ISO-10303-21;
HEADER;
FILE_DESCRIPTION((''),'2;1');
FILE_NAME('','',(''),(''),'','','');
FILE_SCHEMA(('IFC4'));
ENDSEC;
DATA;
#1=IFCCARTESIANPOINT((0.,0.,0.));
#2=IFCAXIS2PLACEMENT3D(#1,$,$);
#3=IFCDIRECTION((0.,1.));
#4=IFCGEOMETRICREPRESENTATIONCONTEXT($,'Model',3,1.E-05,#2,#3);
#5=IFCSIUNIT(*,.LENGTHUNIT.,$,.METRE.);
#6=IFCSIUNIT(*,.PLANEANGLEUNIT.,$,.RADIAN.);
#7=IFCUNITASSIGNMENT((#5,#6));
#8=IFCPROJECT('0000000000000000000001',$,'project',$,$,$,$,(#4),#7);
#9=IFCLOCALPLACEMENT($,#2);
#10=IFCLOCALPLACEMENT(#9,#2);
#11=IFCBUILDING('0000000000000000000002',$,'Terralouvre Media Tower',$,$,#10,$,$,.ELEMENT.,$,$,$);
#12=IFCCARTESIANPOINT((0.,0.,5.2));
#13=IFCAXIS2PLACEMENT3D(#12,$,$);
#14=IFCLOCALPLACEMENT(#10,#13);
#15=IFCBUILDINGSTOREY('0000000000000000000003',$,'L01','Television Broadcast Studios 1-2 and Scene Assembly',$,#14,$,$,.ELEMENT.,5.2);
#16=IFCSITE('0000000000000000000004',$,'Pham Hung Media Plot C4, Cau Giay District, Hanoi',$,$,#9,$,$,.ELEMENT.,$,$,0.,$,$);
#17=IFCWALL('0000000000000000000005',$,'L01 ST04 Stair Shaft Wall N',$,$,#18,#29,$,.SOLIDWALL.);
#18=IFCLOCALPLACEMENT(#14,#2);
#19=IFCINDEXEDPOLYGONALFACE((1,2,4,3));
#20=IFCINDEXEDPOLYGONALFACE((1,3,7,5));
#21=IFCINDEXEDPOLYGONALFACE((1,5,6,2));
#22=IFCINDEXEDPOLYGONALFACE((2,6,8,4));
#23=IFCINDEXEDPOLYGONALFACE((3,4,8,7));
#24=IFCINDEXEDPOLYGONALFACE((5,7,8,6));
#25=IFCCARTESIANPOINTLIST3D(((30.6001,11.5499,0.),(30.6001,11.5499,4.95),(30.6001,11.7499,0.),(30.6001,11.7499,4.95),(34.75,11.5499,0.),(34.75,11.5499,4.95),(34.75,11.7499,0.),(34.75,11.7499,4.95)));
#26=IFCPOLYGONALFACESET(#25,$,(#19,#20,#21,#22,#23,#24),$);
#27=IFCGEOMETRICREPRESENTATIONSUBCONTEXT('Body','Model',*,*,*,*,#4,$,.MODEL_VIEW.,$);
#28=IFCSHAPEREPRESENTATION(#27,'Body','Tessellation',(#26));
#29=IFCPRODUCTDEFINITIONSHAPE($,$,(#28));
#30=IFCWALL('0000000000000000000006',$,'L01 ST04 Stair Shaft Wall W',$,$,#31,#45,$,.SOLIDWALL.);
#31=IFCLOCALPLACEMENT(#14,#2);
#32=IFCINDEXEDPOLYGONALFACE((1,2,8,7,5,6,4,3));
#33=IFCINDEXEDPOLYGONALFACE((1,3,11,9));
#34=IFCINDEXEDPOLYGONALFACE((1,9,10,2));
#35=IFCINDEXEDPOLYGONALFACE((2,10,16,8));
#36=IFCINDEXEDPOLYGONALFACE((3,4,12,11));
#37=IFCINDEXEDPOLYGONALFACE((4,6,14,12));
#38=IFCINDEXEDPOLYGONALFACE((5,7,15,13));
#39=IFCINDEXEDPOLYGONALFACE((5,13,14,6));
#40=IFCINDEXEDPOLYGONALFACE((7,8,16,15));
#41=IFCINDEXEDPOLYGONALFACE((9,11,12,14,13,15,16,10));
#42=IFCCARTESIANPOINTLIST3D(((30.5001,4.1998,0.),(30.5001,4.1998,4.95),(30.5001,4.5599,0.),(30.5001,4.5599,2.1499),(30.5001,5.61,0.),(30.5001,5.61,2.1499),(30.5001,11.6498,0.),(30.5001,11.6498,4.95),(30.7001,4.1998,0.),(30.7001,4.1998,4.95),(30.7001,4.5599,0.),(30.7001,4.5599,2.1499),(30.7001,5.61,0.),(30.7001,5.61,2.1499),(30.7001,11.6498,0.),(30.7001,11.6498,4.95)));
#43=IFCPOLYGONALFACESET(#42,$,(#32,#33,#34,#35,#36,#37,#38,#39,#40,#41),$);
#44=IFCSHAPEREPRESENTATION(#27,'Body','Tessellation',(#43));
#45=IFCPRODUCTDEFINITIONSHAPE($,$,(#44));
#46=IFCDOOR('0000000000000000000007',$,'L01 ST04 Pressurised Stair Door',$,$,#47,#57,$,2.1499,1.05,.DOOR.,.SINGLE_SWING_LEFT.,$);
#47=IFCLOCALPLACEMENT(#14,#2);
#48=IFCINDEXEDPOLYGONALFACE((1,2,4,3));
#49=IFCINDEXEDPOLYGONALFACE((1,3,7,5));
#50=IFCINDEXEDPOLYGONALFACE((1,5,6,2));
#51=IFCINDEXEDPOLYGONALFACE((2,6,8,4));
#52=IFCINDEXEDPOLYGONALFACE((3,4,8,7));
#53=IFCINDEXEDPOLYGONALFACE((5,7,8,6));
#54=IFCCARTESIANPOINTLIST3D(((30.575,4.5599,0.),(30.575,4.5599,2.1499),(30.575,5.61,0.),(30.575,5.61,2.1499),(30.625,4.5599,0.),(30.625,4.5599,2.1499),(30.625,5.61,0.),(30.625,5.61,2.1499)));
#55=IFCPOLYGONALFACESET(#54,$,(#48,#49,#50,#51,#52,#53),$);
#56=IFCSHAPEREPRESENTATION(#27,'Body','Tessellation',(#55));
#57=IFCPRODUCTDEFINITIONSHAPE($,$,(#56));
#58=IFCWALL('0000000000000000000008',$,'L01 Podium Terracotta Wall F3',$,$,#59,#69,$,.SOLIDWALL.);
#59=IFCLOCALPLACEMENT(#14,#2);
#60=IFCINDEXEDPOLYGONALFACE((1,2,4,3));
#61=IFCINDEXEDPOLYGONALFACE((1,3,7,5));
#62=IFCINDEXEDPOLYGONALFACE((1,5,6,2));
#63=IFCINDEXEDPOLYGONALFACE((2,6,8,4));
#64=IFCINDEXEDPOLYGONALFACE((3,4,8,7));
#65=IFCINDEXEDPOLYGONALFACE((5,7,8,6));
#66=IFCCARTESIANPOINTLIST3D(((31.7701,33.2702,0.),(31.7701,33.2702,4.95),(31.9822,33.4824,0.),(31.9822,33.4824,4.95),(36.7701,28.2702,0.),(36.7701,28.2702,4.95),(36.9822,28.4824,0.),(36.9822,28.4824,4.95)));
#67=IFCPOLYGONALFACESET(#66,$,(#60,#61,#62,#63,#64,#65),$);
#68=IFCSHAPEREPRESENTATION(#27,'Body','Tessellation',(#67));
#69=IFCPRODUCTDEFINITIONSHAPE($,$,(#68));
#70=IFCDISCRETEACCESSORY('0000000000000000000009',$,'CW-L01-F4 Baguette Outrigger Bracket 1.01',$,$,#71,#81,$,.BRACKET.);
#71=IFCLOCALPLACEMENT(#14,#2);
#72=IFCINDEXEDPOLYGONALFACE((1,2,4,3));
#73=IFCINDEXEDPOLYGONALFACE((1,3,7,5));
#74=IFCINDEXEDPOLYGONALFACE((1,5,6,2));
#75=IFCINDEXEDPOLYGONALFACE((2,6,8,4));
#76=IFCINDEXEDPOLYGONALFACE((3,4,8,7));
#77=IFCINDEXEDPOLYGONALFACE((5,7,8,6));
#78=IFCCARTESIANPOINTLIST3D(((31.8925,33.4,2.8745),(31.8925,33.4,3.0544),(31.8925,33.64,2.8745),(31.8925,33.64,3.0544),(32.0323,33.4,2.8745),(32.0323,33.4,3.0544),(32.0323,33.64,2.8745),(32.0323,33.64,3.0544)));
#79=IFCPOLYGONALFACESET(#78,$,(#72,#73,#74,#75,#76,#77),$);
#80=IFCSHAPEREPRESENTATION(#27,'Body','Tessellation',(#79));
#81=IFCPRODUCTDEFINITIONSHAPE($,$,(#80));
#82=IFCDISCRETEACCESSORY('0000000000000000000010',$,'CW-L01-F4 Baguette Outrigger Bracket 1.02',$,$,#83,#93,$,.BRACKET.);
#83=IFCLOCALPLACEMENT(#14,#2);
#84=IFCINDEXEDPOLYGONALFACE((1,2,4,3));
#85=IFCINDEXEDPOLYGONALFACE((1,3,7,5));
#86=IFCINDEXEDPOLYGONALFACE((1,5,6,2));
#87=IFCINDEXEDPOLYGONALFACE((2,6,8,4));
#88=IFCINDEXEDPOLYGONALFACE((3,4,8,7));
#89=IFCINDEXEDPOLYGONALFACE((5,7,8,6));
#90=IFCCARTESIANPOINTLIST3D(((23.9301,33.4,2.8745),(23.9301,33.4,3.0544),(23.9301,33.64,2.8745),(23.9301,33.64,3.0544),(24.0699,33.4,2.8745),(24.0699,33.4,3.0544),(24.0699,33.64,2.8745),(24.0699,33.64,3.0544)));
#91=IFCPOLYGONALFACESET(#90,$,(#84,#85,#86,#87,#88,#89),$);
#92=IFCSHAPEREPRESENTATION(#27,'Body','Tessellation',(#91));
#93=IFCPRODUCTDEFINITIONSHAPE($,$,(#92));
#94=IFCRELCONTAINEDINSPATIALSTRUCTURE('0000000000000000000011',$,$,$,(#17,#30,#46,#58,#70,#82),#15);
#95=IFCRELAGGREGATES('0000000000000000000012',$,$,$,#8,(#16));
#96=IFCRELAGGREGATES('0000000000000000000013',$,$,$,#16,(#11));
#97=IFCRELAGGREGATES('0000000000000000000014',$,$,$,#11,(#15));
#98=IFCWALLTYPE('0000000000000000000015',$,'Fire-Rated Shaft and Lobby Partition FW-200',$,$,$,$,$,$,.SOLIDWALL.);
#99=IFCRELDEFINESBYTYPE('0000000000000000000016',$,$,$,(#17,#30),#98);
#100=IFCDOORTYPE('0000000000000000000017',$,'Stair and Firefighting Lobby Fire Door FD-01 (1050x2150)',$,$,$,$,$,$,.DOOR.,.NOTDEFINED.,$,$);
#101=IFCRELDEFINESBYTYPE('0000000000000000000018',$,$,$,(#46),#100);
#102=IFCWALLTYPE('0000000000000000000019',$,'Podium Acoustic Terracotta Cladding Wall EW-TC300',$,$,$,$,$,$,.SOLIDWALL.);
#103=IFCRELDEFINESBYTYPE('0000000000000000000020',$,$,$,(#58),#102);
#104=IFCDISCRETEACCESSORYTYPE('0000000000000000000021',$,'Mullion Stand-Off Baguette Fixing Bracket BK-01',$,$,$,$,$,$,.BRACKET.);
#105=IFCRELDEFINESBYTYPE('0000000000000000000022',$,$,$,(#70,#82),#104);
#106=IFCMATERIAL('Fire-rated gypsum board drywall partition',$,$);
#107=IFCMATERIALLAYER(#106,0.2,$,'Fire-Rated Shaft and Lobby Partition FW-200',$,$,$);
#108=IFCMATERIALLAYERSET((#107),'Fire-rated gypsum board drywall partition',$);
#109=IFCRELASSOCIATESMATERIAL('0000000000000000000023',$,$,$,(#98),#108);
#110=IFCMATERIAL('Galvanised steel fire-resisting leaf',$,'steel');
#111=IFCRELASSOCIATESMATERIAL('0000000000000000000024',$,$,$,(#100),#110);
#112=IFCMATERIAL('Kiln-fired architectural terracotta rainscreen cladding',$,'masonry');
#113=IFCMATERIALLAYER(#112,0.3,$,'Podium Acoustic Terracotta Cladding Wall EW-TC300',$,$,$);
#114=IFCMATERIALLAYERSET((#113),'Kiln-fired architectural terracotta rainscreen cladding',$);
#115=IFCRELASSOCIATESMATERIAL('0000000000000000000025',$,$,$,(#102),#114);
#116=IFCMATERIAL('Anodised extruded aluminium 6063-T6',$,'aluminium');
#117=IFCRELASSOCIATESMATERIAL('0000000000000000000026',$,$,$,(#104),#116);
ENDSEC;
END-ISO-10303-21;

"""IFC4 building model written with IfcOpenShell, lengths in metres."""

from ifc_helpers import new_model, si_unit, direction, frame, frame_2d, origin, origin_2d, place, context, subcontext, project, spatial, rectangle, extrude, material, layer, layer_set, type_object, element, fill, save


model = new_model("IFC4")

# Units and contexts
model_context = context("Model", 3, precision=1e-05, world=origin(), true_north=direction((0.0, 1.0)))
body_context = subcontext(model_context, "Body", "Model", "MODEL_VIEW")
ifc_project = project(units=[si_unit("LENGTHUNIT", "METRE"), si_unit("PLANEANGLEUNIT", "RADIAN")], contexts=[model_context])

# Site, building, storey
site_placement = place(None, origin())
site = spatial("IfcSite", under=ifc_project, at=site_placement, Name="Pham Hung Media Plot C4, Cau Giay District, Hanoi", CompositionType="ELEMENT", RefElevation=0.0)
building_placement = place(site_placement, origin())
building = spatial("IfcBuilding", under=site, at=building_placement, Name="Terralouvre Media Tower", CompositionType="ELEMENT")
storey_placement = place(building_placement, frame((0.0, 0.0, 5.2)))
storey = spatial("IfcBuildingStorey", under=building, at=storey_placement, Name="L01", Description="Television Broadcast Studios 1-2 and Scene Assembly", CompositionType="ELEMENT", Elevation=5.2)

# Wall
ifc_material_1 = material(Name="Fire-rated gypsum board drywall partition")
ifc_layer_1 = layer(ifc_material_1, 0.2, Name="Fire-Rated Shaft and Lobby Partition FW-200")
ifc_layer_set_1 = layer_set([ifc_layer_1], Name="Fire-rated gypsum board drywall partition")
wall_type_1 = type_object("IfcWallType", Name="Fire-Rated Shaft and Lobby Partition FW-200", PredefinedType="SOLIDWALL", material=ifc_layer_set_1)
wall_1_placement = place(storey_placement, frame((34.75, 11.6499, 0.0), z_axis=(0.0, 0.0, 1.0), x_axis=(-1.0, 0.0, 0.0)))
element("IfcWall", 1, at=wall_1_placement, inside=storey, type_object=wall_type_1, Name="L01 ST04 Stair Shaft Wall N", PredefinedType="SOLIDWALL", context=body_context, shape_type="SweptSolid", body=[
    extrude(rectangle(XDim=4.1499, YDim=0.2, at=frame_2d((2.075, 0.0))), origin(), (0.0, 0.0, 1.0), 4.95),
])

# Wall, opening, door
wall_2_placement = place(storey_placement, frame((30.6001, 11.6499, 0.0), z_axis=(0.0, 0.0, 1.0), x_axis=(0.0, -1.0, 0.0)))
wall_2 = element("IfcWall", 2, at=wall_2_placement, inside=storey, type_object=wall_type_1, Name="L01 ST04 Stair Shaft Wall W", PredefinedType="SOLIDWALL", context=body_context, shape_type="SweptSolid", body=[
    extrude(rectangle(XDim=7.45, YDim=0.2, at=frame_2d((3.7251, 0.0))), origin(), (0.0, 0.0, 1.0), 4.95),
])
opening_placement = place(wall_2_placement, frame((6.04, 0.0, 0.0)))
opening = element("IfcOpeningElement", 3, at=opening_placement, cuts=wall_2, PredefinedType="OPENING", context=body_context, shape_type="SweptSolid", body=[
    extrude(rectangle(XDim=1.05, YDim=2.1499, at=frame_2d((0.5249, 1.075))), frame((0.0, 0.1099, 0.0), z_axis=(0.0, -1.0, 0.0), x_axis=(1.0, 0.0, 0.0)), (0.0, 0.0, 1.0), 0.22),
])
ifc_material_2 = material(Name="Galvanised steel fire-resisting leaf", Category="steel")
door_type = type_object("IfcDoorType", Name="Stair and Firefighting Lobby Fire Door FD-01 (1050x2150)", OperationType="NOTDEFINED", PredefinedType="DOOR", material=ifc_material_2)
door_placement = place(opening_placement, origin())
door = element("IfcDoor", 4, at=door_placement, inside=storey, type_object=door_type, Name="L01 ST04 Pressurised Stair Door", OperationType="SINGLE_SWING_LEFT", OverallHeight=2.1499, OverallWidth=1.05, PredefinedType="DOOR", context=body_context, shape_type="SweptSolid", body=[
    extrude(rectangle(XDim=1.05, YDim=2.1499, at=frame_2d((0.5249, 1.075))), frame((0.0, 0.0249, 0.0), z_axis=(0.0, -1.0, 0.0), x_axis=(1.0, 0.0, 0.0)), (0.0, 0.0, 1.0), 0.05),
])
fill(opening, door)

# Wall
ifc_material_3 = material(Name="Kiln-fired architectural terracotta rainscreen cladding", Category="masonry")
ifc_layer_2 = layer(ifc_material_3, 0.3, Name="Podium Acoustic Terracotta Cladding Wall EW-TC300")
ifc_layer_set_2 = layer_set([ifc_layer_2], Name="Kiln-fired architectural terracotta rainscreen cladding")
wall_type_2 = type_object("IfcWallType", Name="Podium Acoustic Terracotta Cladding Wall EW-TC300", PredefinedType="SOLIDWALL", material=ifc_layer_set_2)
wall_3_placement = place(storey_placement, frame((36.8762, 28.3762, 0.0), z_axis=(0.0, 0.0, 1.0), x_axis=(-0.707107, 0.707107, 0.0)))
element("IfcWall", 5, at=wall_3_placement, inside=storey, type_object=wall_type_2, Name="L01 Podium Terracotta Wall F3", PredefinedType="SOLIDWALL", context=body_context, shape_type="SweptSolid", body=[
    extrude(rectangle(XDim=7.071, YDim=0.3, at=frame_2d((3.5356, 0.0))), origin(), (0.0, 0.0, 1.0), 4.95),
])

# Discrete accessories
ifc_material_4 = material(Name="Anodised extruded aluminium 6063-T6", Category="aluminium")
discrete_accessory_type = type_object("IfcDiscreteAccessoryType", Name="Mullion Stand-Off Baguette Fixing Bracket BK-01", PredefinedType="BRACKET", material=ifc_material_4)
for number, where, z_axis, x_axis, name in (
    (6, (31.9624, 33.52, 2.8745), (0.0, 0.0, 1.0), (-1.0, 0.0, 0.0), "CW-L01-F4 Baguette Outrigger Bracket 1.01"),
    (7, (24.0, 33.52, 2.8745), (0.0, 0.0, 1.0), (-1.0, 0.0, 0.0), "CW-L01-F4 Baguette Outrigger Bracket 1.02"),
):
    element("IfcDiscreteAccessory", number, at=place(storey_placement, frame(where, z_axis=z_axis, x_axis=x_axis)), inside=storey, type_object=discrete_accessory_type, Name=name, PredefinedType="BRACKET", context=body_context, shape_type="SweptSolid", body=[
        extrude(rectangle(XDim=0.1399, YDim=0.24, at=origin_2d()), origin(), (0.0, 0.0, 1.0), 0.1799),
    ])

save(model, "model.ifc")
